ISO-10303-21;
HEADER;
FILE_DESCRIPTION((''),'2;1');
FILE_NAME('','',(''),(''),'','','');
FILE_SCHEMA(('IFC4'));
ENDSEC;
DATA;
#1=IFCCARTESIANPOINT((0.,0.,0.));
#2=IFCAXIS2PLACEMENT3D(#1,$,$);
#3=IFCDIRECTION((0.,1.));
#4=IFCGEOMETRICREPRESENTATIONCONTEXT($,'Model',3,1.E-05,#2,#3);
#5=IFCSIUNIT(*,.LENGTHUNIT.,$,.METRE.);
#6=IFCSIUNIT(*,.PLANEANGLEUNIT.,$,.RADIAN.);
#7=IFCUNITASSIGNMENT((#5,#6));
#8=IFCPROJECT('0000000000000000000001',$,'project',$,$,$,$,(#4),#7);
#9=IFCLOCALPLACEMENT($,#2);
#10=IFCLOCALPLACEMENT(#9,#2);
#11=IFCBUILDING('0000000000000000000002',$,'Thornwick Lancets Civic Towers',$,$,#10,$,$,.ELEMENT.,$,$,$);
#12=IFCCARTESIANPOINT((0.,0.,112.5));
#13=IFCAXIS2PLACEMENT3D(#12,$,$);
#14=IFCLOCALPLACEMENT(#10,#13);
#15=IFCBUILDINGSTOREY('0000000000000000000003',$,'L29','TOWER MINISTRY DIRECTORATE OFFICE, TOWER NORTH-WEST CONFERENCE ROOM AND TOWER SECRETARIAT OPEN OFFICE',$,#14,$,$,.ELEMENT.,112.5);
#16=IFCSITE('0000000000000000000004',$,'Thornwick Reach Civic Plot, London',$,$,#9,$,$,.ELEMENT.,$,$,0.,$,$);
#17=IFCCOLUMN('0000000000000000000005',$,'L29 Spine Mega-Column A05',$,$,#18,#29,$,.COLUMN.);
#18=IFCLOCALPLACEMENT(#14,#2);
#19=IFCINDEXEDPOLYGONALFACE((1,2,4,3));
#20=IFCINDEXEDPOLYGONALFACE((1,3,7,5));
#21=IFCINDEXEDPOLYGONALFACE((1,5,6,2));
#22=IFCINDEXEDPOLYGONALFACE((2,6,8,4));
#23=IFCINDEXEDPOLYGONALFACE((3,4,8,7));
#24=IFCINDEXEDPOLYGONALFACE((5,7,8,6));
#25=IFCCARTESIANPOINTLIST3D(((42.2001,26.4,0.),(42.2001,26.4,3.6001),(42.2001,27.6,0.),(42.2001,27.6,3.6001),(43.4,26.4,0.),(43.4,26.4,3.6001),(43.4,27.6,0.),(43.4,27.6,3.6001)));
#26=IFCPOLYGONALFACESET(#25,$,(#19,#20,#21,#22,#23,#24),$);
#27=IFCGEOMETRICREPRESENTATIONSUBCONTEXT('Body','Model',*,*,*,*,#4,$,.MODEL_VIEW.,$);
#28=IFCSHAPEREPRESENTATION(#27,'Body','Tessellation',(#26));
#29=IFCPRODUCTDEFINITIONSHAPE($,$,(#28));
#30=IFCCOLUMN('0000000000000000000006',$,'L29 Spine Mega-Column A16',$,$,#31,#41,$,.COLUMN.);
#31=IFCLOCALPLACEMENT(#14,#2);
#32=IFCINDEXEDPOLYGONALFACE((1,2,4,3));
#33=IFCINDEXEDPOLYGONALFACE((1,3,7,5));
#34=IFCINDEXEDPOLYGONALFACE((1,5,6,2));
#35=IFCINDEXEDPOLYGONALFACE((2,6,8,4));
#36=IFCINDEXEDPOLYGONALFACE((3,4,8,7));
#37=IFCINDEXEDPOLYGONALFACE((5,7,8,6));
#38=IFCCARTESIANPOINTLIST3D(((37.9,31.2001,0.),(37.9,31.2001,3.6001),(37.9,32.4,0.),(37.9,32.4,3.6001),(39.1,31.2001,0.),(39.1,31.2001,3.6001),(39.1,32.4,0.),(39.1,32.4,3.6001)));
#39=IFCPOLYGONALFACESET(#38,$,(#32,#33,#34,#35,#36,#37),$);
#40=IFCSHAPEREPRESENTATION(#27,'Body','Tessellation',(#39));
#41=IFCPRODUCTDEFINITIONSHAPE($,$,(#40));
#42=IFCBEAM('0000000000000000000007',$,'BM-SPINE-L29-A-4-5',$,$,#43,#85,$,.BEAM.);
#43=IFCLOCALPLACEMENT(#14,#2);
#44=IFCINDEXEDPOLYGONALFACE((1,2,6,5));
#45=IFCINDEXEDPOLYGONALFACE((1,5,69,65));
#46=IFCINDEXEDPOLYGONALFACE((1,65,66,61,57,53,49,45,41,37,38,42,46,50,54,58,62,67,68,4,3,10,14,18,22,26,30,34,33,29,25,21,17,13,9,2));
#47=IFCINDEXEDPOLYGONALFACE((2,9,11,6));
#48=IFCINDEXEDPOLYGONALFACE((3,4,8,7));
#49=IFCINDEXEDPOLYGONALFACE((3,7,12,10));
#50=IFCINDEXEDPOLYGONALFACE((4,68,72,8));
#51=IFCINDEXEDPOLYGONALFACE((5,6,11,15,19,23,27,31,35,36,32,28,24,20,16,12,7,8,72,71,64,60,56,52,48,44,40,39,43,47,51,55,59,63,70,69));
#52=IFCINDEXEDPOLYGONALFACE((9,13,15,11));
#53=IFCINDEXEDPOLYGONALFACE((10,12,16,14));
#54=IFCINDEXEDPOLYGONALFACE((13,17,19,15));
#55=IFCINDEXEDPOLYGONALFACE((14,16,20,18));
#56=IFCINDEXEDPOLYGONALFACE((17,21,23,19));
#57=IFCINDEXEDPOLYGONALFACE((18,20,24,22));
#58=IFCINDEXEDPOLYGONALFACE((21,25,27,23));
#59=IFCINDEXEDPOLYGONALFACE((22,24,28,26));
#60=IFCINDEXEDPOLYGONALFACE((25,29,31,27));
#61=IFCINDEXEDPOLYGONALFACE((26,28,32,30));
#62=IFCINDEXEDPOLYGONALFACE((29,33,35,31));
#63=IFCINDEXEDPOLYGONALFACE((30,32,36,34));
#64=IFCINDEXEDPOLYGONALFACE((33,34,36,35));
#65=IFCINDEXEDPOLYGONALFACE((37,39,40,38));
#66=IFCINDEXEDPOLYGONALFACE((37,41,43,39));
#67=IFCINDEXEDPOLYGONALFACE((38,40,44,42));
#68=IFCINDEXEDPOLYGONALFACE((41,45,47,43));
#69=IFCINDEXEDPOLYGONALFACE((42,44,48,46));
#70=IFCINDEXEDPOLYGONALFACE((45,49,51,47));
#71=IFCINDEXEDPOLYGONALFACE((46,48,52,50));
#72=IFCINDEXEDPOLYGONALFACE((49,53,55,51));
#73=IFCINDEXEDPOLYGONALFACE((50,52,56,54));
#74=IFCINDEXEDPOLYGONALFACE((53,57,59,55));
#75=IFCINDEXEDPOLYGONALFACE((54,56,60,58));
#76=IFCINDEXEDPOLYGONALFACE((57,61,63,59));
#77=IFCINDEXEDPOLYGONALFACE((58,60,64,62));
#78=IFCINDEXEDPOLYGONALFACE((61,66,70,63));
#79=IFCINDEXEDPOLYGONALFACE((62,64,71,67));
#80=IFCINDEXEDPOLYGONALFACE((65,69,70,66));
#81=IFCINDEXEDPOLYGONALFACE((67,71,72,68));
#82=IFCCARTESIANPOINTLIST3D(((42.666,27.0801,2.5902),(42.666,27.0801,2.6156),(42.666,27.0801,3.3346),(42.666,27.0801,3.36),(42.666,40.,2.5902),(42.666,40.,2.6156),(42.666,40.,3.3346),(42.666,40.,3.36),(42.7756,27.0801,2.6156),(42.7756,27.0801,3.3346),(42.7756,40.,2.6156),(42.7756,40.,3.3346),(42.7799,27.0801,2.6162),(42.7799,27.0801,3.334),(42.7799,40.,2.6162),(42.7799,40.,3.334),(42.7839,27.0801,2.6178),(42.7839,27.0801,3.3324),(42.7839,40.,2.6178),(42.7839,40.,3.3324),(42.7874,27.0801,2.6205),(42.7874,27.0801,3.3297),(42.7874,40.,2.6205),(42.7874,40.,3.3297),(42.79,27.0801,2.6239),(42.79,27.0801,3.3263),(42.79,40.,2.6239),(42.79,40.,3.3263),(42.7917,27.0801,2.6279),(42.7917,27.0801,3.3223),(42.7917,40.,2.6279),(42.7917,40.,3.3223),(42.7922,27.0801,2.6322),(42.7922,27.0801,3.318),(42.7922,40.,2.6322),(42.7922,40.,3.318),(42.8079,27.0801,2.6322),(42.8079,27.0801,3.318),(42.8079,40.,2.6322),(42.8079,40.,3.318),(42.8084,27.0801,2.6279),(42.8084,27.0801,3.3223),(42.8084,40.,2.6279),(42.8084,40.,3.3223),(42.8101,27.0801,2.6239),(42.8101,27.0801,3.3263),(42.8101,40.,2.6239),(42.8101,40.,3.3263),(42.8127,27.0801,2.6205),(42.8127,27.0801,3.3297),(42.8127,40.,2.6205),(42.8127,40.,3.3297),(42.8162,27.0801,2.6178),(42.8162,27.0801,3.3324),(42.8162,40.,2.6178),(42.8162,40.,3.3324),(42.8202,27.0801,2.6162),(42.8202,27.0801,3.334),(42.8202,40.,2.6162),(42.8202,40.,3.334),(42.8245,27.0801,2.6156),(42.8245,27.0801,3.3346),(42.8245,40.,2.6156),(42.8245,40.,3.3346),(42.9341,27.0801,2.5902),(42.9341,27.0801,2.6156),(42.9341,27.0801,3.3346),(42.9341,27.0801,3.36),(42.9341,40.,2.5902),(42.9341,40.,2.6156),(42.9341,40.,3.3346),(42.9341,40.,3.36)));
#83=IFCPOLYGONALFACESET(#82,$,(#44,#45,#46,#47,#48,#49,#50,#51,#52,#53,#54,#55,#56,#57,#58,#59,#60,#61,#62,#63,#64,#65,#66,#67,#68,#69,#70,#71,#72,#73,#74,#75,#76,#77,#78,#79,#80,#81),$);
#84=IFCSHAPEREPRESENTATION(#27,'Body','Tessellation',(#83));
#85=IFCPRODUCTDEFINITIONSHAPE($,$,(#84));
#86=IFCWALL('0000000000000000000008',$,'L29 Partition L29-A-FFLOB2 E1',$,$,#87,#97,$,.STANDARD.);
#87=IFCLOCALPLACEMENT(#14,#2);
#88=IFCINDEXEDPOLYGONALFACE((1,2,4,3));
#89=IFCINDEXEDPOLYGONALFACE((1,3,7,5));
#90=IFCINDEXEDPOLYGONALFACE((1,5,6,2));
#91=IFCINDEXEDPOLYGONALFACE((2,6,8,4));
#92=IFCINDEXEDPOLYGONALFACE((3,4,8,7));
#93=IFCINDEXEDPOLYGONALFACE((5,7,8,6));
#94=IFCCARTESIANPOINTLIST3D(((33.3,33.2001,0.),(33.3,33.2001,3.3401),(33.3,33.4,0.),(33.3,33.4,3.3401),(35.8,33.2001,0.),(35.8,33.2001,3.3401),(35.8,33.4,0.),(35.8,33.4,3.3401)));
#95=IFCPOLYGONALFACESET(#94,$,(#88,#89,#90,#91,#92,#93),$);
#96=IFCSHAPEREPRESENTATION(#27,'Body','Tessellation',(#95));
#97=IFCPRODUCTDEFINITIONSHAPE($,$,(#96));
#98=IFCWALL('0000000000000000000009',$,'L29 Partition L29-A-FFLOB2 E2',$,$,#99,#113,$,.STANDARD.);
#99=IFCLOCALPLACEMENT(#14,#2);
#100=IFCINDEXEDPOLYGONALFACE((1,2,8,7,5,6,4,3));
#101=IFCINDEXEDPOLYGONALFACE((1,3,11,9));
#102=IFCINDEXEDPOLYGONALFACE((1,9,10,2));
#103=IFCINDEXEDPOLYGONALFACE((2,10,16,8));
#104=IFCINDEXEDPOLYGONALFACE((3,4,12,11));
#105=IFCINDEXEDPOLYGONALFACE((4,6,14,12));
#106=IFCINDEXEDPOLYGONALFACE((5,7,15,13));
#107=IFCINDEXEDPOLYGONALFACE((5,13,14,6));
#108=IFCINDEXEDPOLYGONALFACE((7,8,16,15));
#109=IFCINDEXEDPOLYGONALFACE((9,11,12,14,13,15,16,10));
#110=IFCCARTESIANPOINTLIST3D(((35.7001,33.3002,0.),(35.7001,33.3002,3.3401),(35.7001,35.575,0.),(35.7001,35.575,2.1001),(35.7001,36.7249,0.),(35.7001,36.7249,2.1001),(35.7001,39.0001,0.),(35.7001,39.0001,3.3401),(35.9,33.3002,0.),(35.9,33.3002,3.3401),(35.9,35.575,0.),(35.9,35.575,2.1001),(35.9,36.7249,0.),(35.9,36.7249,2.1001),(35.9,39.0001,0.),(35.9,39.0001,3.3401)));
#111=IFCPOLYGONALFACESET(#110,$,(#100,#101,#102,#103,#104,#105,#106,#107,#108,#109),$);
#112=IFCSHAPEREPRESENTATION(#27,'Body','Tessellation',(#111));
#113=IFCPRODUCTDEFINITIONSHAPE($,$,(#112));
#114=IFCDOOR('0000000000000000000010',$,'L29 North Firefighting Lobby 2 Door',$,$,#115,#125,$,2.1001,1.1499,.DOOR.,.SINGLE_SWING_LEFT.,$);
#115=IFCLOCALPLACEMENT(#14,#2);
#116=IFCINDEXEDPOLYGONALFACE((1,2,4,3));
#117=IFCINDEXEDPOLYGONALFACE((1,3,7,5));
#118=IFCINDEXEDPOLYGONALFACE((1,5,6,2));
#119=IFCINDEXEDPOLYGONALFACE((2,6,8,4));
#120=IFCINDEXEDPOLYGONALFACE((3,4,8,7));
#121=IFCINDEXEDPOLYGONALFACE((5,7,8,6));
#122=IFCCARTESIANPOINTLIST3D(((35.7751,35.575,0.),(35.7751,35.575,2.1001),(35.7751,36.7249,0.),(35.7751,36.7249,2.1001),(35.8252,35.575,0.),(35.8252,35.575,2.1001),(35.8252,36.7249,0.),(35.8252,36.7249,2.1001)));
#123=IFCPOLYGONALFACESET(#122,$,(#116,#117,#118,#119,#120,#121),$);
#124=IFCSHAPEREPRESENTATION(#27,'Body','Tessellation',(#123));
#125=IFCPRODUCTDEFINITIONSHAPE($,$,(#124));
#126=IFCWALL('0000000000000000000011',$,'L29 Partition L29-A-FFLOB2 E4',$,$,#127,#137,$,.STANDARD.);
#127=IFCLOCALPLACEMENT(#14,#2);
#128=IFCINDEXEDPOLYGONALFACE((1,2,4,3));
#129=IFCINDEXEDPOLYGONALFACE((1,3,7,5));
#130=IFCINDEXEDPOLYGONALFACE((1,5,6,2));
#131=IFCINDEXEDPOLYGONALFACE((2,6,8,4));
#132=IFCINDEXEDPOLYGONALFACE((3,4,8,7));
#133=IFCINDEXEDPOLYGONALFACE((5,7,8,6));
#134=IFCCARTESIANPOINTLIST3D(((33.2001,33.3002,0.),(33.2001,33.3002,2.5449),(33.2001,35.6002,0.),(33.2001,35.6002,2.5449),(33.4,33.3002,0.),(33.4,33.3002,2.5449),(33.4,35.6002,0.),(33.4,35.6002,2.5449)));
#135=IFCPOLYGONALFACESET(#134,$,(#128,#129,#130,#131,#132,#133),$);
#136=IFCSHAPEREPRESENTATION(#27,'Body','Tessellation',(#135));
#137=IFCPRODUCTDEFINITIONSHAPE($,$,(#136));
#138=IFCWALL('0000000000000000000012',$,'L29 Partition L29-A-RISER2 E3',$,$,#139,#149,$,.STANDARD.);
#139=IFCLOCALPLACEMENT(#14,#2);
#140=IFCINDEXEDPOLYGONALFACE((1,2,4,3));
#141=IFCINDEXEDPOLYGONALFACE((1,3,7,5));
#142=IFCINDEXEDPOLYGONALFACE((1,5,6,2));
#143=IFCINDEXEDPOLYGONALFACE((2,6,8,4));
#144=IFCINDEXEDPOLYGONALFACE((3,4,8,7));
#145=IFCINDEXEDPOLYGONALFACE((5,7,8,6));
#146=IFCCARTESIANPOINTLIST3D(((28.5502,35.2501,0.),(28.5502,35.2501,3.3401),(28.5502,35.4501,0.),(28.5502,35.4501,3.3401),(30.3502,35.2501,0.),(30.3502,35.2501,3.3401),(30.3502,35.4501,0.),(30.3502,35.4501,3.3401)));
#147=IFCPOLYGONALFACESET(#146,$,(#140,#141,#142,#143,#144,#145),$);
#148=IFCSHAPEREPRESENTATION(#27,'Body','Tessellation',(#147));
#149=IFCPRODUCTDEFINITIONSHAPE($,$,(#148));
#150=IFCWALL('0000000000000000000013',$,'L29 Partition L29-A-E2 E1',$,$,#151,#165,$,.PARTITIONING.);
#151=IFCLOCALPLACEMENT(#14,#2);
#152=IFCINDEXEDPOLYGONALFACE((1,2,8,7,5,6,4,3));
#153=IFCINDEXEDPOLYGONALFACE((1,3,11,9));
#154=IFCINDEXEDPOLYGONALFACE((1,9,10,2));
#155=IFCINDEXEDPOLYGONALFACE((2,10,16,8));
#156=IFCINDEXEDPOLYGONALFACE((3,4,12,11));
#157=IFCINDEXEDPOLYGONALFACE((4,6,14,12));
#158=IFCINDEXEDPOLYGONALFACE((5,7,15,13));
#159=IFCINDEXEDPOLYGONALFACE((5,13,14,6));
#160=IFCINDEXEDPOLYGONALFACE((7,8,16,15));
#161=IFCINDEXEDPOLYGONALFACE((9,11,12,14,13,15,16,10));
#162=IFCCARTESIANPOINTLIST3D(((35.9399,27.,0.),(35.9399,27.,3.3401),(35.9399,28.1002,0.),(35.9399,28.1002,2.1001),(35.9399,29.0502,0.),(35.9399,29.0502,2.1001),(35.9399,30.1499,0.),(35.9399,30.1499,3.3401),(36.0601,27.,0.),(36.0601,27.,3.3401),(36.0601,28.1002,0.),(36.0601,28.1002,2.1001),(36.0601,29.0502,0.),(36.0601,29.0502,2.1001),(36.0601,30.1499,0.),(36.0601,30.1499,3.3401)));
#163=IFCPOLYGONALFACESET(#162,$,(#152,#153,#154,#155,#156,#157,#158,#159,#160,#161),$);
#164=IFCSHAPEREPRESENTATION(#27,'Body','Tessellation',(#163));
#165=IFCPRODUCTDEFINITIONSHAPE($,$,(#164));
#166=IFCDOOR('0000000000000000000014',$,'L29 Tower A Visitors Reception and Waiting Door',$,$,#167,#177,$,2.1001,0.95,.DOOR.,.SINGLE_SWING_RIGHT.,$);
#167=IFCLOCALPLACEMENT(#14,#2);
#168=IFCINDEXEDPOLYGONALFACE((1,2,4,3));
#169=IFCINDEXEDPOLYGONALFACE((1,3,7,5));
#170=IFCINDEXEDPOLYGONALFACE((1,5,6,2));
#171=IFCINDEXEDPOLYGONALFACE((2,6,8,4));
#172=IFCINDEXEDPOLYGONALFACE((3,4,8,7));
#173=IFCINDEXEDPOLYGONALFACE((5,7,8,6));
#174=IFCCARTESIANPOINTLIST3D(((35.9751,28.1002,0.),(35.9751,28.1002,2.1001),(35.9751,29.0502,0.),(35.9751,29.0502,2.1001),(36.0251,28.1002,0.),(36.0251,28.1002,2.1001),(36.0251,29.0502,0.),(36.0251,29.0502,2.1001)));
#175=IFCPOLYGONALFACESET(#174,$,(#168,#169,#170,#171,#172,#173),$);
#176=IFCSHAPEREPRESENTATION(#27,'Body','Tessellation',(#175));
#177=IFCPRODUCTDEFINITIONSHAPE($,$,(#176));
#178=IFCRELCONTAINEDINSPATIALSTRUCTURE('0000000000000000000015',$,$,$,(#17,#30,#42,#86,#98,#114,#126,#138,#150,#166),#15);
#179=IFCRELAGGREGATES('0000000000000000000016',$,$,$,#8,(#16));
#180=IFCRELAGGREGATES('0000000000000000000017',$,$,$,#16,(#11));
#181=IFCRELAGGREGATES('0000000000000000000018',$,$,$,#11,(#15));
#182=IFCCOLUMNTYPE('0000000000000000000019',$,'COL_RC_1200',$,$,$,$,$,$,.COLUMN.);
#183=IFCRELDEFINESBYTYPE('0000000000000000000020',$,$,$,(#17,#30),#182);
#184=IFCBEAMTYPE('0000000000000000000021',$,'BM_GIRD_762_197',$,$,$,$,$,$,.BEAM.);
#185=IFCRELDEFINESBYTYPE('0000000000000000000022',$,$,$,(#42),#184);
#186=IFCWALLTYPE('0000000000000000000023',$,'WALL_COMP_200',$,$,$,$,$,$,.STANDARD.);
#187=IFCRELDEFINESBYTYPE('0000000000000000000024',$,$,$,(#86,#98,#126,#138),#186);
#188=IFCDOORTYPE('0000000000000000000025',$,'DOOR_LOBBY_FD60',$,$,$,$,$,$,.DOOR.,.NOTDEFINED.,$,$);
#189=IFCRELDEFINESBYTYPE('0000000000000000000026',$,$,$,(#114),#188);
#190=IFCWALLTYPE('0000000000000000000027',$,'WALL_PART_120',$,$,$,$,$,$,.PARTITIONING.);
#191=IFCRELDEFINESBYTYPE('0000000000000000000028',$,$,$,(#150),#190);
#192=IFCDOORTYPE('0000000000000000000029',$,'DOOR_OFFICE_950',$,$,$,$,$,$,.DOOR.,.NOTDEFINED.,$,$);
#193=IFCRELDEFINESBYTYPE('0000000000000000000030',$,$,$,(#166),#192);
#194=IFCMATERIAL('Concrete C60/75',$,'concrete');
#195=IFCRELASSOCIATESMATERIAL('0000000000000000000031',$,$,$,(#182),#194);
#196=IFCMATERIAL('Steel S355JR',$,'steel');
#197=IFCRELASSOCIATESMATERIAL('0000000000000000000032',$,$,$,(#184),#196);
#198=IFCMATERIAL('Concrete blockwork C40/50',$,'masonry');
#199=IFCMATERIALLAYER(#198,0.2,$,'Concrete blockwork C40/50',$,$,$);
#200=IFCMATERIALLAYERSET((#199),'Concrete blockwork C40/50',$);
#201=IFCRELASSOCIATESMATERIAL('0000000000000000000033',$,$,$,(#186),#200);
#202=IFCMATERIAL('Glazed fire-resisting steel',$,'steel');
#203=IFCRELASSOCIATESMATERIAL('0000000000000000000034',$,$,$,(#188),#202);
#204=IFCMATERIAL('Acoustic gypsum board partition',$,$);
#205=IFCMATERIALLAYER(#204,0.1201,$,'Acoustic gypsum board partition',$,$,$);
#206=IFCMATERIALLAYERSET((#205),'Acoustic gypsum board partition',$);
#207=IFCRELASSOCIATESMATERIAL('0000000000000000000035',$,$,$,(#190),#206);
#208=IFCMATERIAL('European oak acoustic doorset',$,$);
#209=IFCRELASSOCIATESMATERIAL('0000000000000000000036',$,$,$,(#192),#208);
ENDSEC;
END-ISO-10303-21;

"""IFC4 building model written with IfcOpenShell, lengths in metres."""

from ifc_helpers import new_model, si_unit, direction, frame, frame_2d, origin, origin_2d, place, context, subcontext, project, spatial, rectangle, i_section, extrude, material, layer, layer_set, material_profile, profile_set, type_object, element, fill, save


model = new_model("IFC4")

# Units and contexts
model_context = context("Model", 3, precision=1e-05, world=origin(), true_north=direction((0.0, 1.0)))
body_context = subcontext(model_context, "Body", "Model", "MODEL_VIEW")
ifc_project = project(units=[si_unit("LENGTHUNIT", "METRE"), si_unit("PLANEANGLEUNIT", "RADIAN")], contexts=[model_context])

# Site, building, storey
site_placement = place(None, origin())
site = spatial("IfcSite", under=ifc_project, at=site_placement, Name="Thornwick Reach Civic Plot, London", CompositionType="ELEMENT", RefElevation=0.0)
building_placement = place(site_placement, origin())
building = spatial("IfcBuilding", under=site, at=building_placement, Name="Thornwick Lancets Civic Towers", CompositionType="ELEMENT")
storey_placement = place(building_placement, frame((0.0, 0.0, 112.5)))
storey = spatial("IfcBuildingStorey", under=building, at=storey_placement, Name="L29", Description="TOWER MINISTRY DIRECTORATE OFFICE, TOWER NORTH-WEST CONFERENCE ROOM AND TOWER SECRETARIAT OPEN OFFICE", CompositionType="ELEMENT", Elevation=112.5)

# Columns
ifc_material_1 = material(Name="Concrete C60/75", Category="concrete")
ifc_material_profile_1 = material_profile(ifc_material_1, rectangle(XDim=1.2, YDim=1.2, at=origin_2d()), Name="RC 1200x1200")
ifc_profile_set_1 = profile_set([ifc_material_profile_1], Name="Concrete C60/75")
column_type = type_object("IfcColumnType", Name="COL_RC_1200", PredefinedType="COLUMN", material=ifc_profile_set_1)
for number, where, z_axis, x_axis, name in (
    (1, (42.8, 27.0, 0.0), (0.0, 0.0, 1.0), (1.0, 0.0, 0.0), "L29 Spine Mega-Column A05"),
    (2, (38.5, 31.8, 0.0), (0.0, 0.0, 1.0), (1.0, 0.0, 0.0), "L29 Spine Mega-Column A16"),
):
    element("IfcColumn", number, at=place(storey_placement, frame(where, z_axis=z_axis, x_axis=x_axis)), inside=storey, type_object=column_type, Name=name, PredefinedType="COLUMN", context=body_context, shape_type="SweptSolid", body=[
        extrude(rectangle(XDim=1.2, YDim=1.2, at=origin_2d()), origin(), (0.0, 0.0, 1.0), 3.6001),
    ])

# Beam
ifc_material_2 = material(Name="Steel S355JR", Category="steel")
ifc_material_profile_2 = material_profile(ifc_material_2, i_section(OverallWidth=0.2681, OverallDepth=0.7698, WebThickness=0.0156, FlangeThickness=0.0254, FilletRadius=0.0166, at=origin_2d()), Name="UKB 762x267x197")
ifc_profile_set_2 = profile_set([ifc_material_profile_2], Name="Steel S355JR")
beam_type = type_object("IfcBeamType", Name="BM_GIRD_762_197", PredefinedType="BEAM", material=ifc_profile_set_2)
beam_placement = place(storey_placement, frame((42.8, 27.0801, 2.9751), z_axis=(0.0, 1.0, 0.0), x_axis=(-1.0, 0.0, 0.0)))
element("IfcBeam", 3, at=beam_placement, inside=storey, type_object=beam_type, Name="BM-SPINE-L29-A-4-5", PredefinedType="BEAM", context=body_context, shape_type="SweptSolid", body=[
    extrude(i_section(OverallWidth=0.2681, OverallDepth=0.7698, WebThickness=0.0156, FlangeThickness=0.0254, FilletRadius=0.0166, at=origin_2d()), origin(), (0.0, 0.0, 1.0), 12.9199),
])

# Wall
ifc_material_3 = material(Name="Concrete blockwork C40/50", Category="masonry")
ifc_layer_1 = layer(ifc_material_3, 0.2, Name="Concrete blockwork C40/50")
ifc_layer_set_1 = layer_set([ifc_layer_1], Name="Concrete blockwork C40/50")
wall_type_1 = type_object("IfcWallType", Name="WALL_COMP_200", PredefinedType="STANDARD", material=ifc_layer_set_1)
wall_1_placement = place(storey_placement, frame((33.3, 33.3, 0.0), z_axis=(0.0, 0.0, 1.0), x_axis=(1.0, 0.0, 0.0)))
element("IfcWall", 4, at=wall_1_placement, inside=storey, type_object=wall_type_1, Name="L29 Partition L29-A-FFLOB2 E1", PredefinedType="STANDARD", context=body_context, shape_type="SweptSolid", body=[
    extrude(rectangle(XDim=2.5, YDim=0.2, at=frame_2d((1.25, 0.0))), origin(), (0.0, 0.0, 1.0), 3.3401),
])

# Wall, opening, door
wall_2_placement = place(storey_placement, frame((35.8, 33.3, 0.0), z_axis=(0.0, 0.0, 1.0), x_axis=(0.0, 1.0, 0.0)))
wall_2 = element("IfcWall", 5, at=wall_2_placement, inside=storey, type_object=wall_type_1, Name="L29 Partition L29-A-FFLOB2 E2", PredefinedType="STANDARD", context=body_context, shape_type="SweptSolid", body=[
    extrude(rectangle(XDim=5.7, YDim=0.2, at=frame_2d((2.8501, 0.0))), origin(), (0.0, 0.0, 1.0), 3.3401),
])
opening_1_placement = place(wall_2_placement, frame((2.2749, 0.0, 0.0)))
opening_1 = element("IfcOpeningElement", 6, at=opening_1_placement, cuts=wall_2, PredefinedType="OPENING", context=body_context, shape_type="SweptSolid", body=[
    extrude(rectangle(XDim=1.1499, YDim=2.1001, at=frame_2d((0.575, 1.05))), frame((0.0, 0.1099, 0.0), z_axis=(0.0, -1.0, 0.0), x_axis=(1.0, 0.0, 0.0)), (0.0, 0.0, 1.0), 0.22),
])
ifc_material_4 = material(Name="Glazed fire-resisting steel", Category="steel")
door_type_1 = type_object("IfcDoorType", Name="DOOR_LOBBY_FD60", OperationType="NOTDEFINED", PredefinedType="DOOR", material=ifc_material_4)
door_1_placement = place(opening_1_placement, origin())
door_1 = element("IfcDoor", 7, at=door_1_placement, inside=storey, type_object=door_type_1, Name="L29 North Firefighting Lobby 2 Door", OperationType="SINGLE_SWING_LEFT", OverallHeight=2.1001, OverallWidth=1.1499, PredefinedType="DOOR", context=body_context, shape_type="SweptSolid", body=[
    extrude(rectangle(XDim=1.1499, YDim=2.1001, at=frame_2d((0.575, 1.05))), frame((0.0, 0.0249, 0.0), z_axis=(0.0, -1.0, 0.0), x_axis=(1.0, 0.0, 0.0)), (0.0, 0.0, 1.0), 0.05),
])
fill(opening_1, door_1)

# Walls
wall_3_placement = place(storey_placement, frame((33.3, 35.6001, 0.0), z_axis=(0.0, 0.0, 1.0), x_axis=(0.0, -1.0, 0.0)))
element("IfcWall", 8, at=wall_3_placement, inside=storey, type_object=wall_type_1, Name="L29 Partition L29-A-FFLOB2 E4", PredefinedType="STANDARD", context=body_context, shape_type="SweptSolid", body=[
    extrude(rectangle(XDim=2.3, YDim=0.2, at=frame_2d((1.1499, 0.0))), origin(), (0.0, 0.0, 1.0), 2.5449),
])
wall_4_placement = place(storey_placement, frame((30.3501, 35.3501, 0.0), z_axis=(0.0, 0.0, 1.0), x_axis=(-1.0, 0.0, 0.0)))
element("IfcWall", 9, at=wall_4_placement, inside=storey, type_object=wall_type_1, Name="L29 Partition L29-A-RISER2 E3", PredefinedType="STANDARD", context=body_context, shape_type="SweptSolid", body=[
    extrude(rectangle(XDim=1.8, YDim=0.2, at=frame_2d((0.8999, 0.0))), origin(), (0.0, 0.0, 1.0), 3.3401),
])

# Wall, opening, door
ifc_material_5 = material(Name="Acoustic gypsum board partition")
ifc_layer_2 = layer(ifc_material_5, 0.1201, Name="Acoustic gypsum board partition")
ifc_layer_set_2 = layer_set([ifc_layer_2], Name="Acoustic gypsum board partition")
wall_type_2 = type_object("IfcWallType", Name="WALL_PART_120", PredefinedType="PARTITIONING", material=ifc_layer_set_2)
wall_5_placement = place(storey_placement, frame((36.0, 27.0, 0.0), z_axis=(0.0, 0.0, 1.0), x_axis=(0.0, 1.0, 0.0)))
wall_5 = element("IfcWall", 10, at=wall_5_placement, inside=storey, type_object=wall_type_2, Name="L29 Partition L29-A-E2 E1", PredefinedType="PARTITIONING", context=body_context, shape_type="SweptSolid", body=[
    extrude(rectangle(XDim=3.1499, YDim=0.1201, at=frame_2d((1.575, 0.0))), origin(), (0.0, 0.0, 1.0), 3.3401),
])
opening_2_placement = place(wall_5_placement, frame((1.1001, 0.0, 0.0)))
opening_2 = element("IfcOpeningElement", 11, at=opening_2_placement, cuts=wall_5, PredefinedType="OPENING", context=body_context, shape_type="SweptSolid", body=[
    extrude(rectangle(XDim=0.95, YDim=2.1001, at=frame_2d((0.4751, 1.05))), frame((0.0, 0.0701, 0.0), z_axis=(0.0, -1.0, 0.0), x_axis=(1.0, 0.0, 0.0)), (0.0, 0.0, 1.0), 0.1401),
])
ifc_material_6 = material(Name="European oak acoustic doorset")
door_type_2 = type_object("IfcDoorType", Name="DOOR_OFFICE_950", OperationType="NOTDEFINED", PredefinedType="DOOR", material=ifc_material_6)
door_2_placement = place(opening_2_placement, origin())
door_2 = element("IfcDoor", 12, at=door_2_placement, inside=storey, type_object=door_type_2, Name="L29 Tower A Visitors Reception and Waiting Door", OperationType="SINGLE_SWING_RIGHT", OverallHeight=2.1001, OverallWidth=0.95, PredefinedType="DOOR", context=body_context, shape_type="SweptSolid", body=[
    extrude(rectangle(XDim=0.95, YDim=2.1001, at=frame_2d((0.4751, 1.05))), frame((0.0, 0.0249, 0.0), z_axis=(0.0, -1.0, 0.0), x_axis=(1.0, 0.0, 0.0)), (0.0, 0.0, 1.0), 0.05),
])
fill(opening_2, door_2)

save(model, "model.ifc")
